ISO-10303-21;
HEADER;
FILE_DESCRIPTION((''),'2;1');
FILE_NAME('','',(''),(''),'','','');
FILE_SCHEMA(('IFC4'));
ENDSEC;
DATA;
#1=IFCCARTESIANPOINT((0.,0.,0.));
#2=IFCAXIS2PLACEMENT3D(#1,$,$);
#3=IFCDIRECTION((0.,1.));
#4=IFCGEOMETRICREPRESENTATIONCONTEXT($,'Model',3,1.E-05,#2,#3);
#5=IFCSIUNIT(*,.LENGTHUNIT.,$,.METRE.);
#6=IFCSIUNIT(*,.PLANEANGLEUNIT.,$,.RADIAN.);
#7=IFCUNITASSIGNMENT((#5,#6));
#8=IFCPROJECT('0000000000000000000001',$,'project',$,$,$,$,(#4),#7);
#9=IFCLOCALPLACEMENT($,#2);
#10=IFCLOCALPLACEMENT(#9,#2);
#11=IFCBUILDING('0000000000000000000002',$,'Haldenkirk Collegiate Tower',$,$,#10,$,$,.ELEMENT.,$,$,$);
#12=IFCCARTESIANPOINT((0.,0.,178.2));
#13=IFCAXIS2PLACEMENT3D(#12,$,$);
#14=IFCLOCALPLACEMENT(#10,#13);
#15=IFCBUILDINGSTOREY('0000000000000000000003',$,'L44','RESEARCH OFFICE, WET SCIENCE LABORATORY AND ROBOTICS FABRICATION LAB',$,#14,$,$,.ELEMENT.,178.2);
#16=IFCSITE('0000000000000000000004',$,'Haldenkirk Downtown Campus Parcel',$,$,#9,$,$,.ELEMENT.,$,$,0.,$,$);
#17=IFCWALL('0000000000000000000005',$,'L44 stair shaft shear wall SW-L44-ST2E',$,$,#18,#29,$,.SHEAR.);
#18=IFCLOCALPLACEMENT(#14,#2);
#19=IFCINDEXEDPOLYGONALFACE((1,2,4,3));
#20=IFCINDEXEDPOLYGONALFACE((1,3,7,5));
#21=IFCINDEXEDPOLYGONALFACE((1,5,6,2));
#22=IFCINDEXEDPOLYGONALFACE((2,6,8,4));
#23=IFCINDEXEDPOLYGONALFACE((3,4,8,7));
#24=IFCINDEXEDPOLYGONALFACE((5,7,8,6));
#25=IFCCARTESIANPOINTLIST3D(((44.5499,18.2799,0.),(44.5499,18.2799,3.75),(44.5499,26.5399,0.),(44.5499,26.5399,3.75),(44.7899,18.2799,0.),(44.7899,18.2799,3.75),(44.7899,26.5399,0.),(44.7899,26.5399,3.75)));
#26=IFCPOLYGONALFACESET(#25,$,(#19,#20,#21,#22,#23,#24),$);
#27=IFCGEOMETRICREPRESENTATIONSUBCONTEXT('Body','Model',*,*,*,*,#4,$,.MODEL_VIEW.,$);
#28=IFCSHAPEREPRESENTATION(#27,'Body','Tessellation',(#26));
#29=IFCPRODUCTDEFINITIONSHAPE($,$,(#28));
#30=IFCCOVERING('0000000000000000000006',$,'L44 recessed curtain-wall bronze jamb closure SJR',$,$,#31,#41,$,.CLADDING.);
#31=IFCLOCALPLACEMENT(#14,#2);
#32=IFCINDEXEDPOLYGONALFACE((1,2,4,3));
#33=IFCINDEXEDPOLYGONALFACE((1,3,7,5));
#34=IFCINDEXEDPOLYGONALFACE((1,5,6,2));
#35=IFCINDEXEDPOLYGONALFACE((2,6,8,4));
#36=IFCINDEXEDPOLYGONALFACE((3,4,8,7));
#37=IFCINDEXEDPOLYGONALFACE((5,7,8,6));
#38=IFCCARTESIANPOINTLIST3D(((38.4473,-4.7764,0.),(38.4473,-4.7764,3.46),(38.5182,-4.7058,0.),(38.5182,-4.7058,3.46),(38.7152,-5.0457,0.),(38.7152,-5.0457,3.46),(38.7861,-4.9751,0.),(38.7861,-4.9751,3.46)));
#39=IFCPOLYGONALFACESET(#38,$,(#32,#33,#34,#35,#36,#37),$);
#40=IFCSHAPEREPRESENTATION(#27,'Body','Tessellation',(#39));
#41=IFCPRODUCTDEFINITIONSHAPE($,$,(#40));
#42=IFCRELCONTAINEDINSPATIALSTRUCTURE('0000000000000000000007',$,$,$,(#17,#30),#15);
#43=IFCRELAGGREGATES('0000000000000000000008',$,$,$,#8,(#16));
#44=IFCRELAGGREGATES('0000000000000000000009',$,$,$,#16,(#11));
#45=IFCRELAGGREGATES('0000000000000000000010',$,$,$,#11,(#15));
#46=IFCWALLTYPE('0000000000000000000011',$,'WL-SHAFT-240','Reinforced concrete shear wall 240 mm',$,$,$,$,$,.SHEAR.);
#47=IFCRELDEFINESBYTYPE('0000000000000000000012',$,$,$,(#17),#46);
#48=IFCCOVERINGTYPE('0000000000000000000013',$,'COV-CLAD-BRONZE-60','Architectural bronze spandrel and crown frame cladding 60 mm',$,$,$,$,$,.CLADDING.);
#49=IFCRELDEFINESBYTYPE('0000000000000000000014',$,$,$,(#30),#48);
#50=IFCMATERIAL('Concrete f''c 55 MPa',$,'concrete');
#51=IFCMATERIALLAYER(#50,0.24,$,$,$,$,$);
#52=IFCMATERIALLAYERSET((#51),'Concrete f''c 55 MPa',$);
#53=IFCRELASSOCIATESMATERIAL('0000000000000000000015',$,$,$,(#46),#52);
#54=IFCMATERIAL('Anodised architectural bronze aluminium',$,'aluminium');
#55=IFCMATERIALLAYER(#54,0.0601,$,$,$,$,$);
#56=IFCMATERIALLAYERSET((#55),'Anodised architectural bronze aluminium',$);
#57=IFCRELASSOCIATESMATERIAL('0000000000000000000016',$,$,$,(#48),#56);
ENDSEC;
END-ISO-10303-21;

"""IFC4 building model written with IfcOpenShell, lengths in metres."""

from ifc_helpers import new_model, si_unit, direction, frame, frame_2d, origin, origin_2d, place, context, subcontext, project, spatial, rectangle, extrude, source, transform, mapped, material, layer, layer_set, type_object, element, save


model = new_model("IFC4")

# Units and contexts
model_context = context("Model", 3, precision=1e-05, world=origin(), true_north=direction((0.0, 1.0)))
body_context = subcontext(model_context, "Body", "Model", "MODEL_VIEW")
ifc_project = project(units=[si_unit("LENGTHUNIT", "METRE"), si_unit("PLANEANGLEUNIT", "RADIAN")], contexts=[model_context])

# Site, building, storey
site_placement = place(None, origin())
site = spatial("IfcSite", under=ifc_project, at=site_placement, Name="Haldenkirk Downtown Campus Parcel", CompositionType="ELEMENT", RefElevation=0.0)
building_placement = place(site_placement, origin())
building = spatial("IfcBuilding", under=site, at=building_placement, Name="Haldenkirk Collegiate Tower", CompositionType="ELEMENT")
storey_placement = place(building_placement, frame((0.0, 0.0, 178.2)))
storey = spatial("IfcBuildingStorey", under=building, at=storey_placement, Name="L44", Description="RESEARCH OFFICE, WET SCIENCE LABORATORY AND ROBOTICS FABRICATION LAB", CompositionType="ELEMENT", Elevation=178.2)

# Shared definitions
ifc_material_1 = material(Name="Anodised architectural bronze aluminium", Category="aluminium")

# Shared definitions
ifc_material_2 = material(Name="Concrete f'c 55 MPa", Category="concrete")

# Shared definitions
ifc_layer_1 = layer(ifc_material_2, 0.24)
ifc_layer_set_1 = layer_set([ifc_layer_1], Name="Concrete f'c 55 MPa")
wall_type_1 = type_object("IfcWallType", Name="WL-SHAFT-240", Description="Reinforced concrete shear wall 240 mm", PredefinedType="SHEAR", material=ifc_layer_set_1)

# Wall
wall_1_placement = place(storey_placement, frame((44.6699, 18.28, 0.0), z_axis=(0.0, 0.0, 1.0), x_axis=(0.0, 1.0, 0.0)))
element("IfcWall", 1, at=wall_1_placement, inside=storey, type_object=wall_type_1, Name="L44 stair shaft shear wall SW-L44-ST2E", PredefinedType="SHEAR", context=body_context, shape_type="SweptSolid", body=[
    extrude(rectangle(XDim=8.26, YDim=0.24, at=frame_2d((4.1299, 0.0))), origin(), (0.0, 0.0, 1.0), 3.75),
])

# Covering
ifc_layer_2 = layer(ifc_material_1, 0.0601)
ifc_layer_set_2 = layer_set([ifc_layer_2], Name="Anodised architectural bronze aluminium")
covering_type = type_object("IfcCoveringType", Name="COV-CLAD-BRONZE-60", Description="Architectural bronze spandrel and crown frame cladding 60 mm", PredefinedType="CLADDING", material=ifc_layer_set_2)
shared_shape_1 = source(origin(), body_context, "Body", "SweptSolid", [
    extrude(rectangle(XDim=0.1001, YDim=0.3799, at=origin_2d()), origin(), (0.0, 0.0, 1.0), 3.46),
])
covering_placement = place(storey_placement, frame((38.6167, -4.8757, 0.0), z_axis=(0.0, 0.0, 1.0), x_axis=(-0.708956, -0.705253, 0.0)))
element("IfcCovering", 2, at=covering_placement, inside=storey, type_object=covering_type, Name="L44 recessed curtain-wall bronze jamb closure SJR", PredefinedType="CLADDING", context=body_context, shape_type="MappedRepresentation", body=[
    mapped(shared_shape_1, transform((0.0, 0.0, 0.0), x_axis=(1.0, 0.0, 0.0), y_axis=(0.0, 1.0, 0.0), z_axis=(0.0, 0.0, 1.0), scale=1.0)),
])

save(model, "model.ifc")
